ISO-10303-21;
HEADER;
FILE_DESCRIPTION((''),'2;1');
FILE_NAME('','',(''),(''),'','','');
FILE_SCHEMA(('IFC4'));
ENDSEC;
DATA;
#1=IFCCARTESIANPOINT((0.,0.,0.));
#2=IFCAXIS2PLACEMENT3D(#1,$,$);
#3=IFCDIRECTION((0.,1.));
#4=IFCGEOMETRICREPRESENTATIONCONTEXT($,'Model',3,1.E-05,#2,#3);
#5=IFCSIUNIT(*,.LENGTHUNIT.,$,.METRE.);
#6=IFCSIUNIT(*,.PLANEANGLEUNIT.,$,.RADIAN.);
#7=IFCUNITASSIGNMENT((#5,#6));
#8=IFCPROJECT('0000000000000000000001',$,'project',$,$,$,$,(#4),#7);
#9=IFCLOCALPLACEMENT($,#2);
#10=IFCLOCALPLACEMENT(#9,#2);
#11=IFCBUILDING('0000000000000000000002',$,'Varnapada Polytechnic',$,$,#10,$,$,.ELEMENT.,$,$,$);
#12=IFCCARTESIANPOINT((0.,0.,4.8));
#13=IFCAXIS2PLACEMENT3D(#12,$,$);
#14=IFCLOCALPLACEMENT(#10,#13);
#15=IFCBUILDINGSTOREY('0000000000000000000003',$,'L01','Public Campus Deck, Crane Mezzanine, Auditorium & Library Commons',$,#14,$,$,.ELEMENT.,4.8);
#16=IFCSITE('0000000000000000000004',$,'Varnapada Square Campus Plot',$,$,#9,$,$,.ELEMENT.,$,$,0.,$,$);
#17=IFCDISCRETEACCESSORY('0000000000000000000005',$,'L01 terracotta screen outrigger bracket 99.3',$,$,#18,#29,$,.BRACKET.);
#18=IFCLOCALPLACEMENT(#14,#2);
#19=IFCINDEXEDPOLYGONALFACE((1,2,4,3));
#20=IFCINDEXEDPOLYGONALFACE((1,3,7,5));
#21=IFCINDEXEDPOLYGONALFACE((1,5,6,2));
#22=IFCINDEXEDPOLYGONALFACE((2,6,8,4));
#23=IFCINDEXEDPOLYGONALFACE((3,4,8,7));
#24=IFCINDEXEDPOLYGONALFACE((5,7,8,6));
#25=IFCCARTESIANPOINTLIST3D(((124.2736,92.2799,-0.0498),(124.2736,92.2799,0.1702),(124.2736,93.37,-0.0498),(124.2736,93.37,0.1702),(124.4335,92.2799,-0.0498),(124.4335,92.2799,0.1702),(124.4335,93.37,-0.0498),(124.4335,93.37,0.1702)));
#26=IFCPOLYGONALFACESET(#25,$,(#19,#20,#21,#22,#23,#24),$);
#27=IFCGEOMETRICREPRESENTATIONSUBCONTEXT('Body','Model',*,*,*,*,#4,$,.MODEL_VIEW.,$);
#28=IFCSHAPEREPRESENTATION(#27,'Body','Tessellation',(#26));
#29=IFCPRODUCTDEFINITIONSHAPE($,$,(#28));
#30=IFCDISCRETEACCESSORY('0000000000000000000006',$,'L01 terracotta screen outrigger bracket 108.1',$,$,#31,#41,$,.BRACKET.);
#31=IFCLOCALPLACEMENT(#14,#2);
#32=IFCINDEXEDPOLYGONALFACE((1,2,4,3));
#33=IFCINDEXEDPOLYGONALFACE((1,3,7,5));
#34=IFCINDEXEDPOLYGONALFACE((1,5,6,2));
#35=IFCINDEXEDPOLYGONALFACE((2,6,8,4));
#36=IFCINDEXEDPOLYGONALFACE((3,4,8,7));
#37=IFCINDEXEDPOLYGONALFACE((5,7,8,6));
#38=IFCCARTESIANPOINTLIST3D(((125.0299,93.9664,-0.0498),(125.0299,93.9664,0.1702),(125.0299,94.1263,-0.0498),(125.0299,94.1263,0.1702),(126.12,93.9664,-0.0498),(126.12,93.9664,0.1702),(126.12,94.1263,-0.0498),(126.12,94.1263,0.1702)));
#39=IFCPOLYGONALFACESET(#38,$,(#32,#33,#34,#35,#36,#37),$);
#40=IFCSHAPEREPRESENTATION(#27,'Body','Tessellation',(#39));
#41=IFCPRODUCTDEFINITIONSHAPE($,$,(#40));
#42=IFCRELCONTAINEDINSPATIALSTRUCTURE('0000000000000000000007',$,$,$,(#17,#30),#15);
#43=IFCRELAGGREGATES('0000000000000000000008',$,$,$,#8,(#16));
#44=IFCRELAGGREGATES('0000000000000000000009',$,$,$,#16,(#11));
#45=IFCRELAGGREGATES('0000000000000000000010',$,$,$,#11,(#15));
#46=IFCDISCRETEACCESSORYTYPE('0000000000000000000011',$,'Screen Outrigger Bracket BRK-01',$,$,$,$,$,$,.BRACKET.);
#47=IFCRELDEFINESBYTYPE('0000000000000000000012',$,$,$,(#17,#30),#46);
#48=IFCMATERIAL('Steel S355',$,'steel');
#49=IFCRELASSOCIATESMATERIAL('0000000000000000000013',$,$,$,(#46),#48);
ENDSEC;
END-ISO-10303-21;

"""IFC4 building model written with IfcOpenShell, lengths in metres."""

from ifc_helpers import new_model, si_unit, direction, frame, origin, origin_2d, place, context, subcontext, project, spatial, rectangle, extrude, material, type_object, element, save


model = new_model("IFC4")

# Units and contexts
model_context = context("Model", 3, precision=1e-05, world=origin(), true_north=direction((0.0, 1.0)))
body_context = subcontext(model_context, "Body", "Model", "MODEL_VIEW")
ifc_project = project(units=[si_unit("LENGTHUNIT", "METRE"), si_unit("PLANEANGLEUNIT", "RADIAN")], contexts=[model_context])

# Site, building, storey
site_placement = place(None, origin())
site = spatial("IfcSite", under=ifc_project, at=site_placement, Name="Varnapada Square Campus Plot", CompositionType="ELEMENT", RefElevation=0.0)
building_placement = place(site_placement, origin())
building = spatial("IfcBuilding", under=site, at=building_placement, Name="Varnapada Polytechnic", CompositionType="ELEMENT")
storey_placement = place(building_placement, frame((0.0, 0.0, 4.8)))
storey = spatial("IfcBuildingStorey", under=building, at=storey_placement, Name="L01", Description="Public Campus Deck, Crane Mezzanine, Auditorium & Library Commons", CompositionType="ELEMENT", Elevation=4.8)

# Shared definitions
ifc_material_1 = material(Name="Steel S355", Category="steel")

# Discrete accessories
discrete_accessory_type = type_object("IfcDiscreteAccessoryType", Name="Screen Outrigger Bracket BRK-01", PredefinedType="BRACKET", material=ifc_material_1)
for number, where, z_axis, x_axis, name in (
    (1, (124.3535, 92.825, -0.0498), (0.0, 0.0, 1.0), (1.0, 0.0, 0.0), "L01 terracotta screen outrigger bracket 99.3"),
    (2, (125.575, 94.0464, -0.0498), (0.0, 0.0, 1.0), (0.0, 1.0, 0.0), "L01 terracotta screen outrigger bracket 108.1"),
):
    element("IfcDiscreteAccessory", number, at=place(storey_placement, frame(where, z_axis=z_axis, x_axis=x_axis)), inside=storey, type_object=discrete_accessory_type, Name=name, PredefinedType="BRACKET", context=body_context, shape_type="SweptSolid", body=[
        extrude(rectangle(XDim=0.1599, YDim=1.0901, at=origin_2d()), origin(), (0.0, 0.0, 1.0), 0.22),
    ])

save(model, "model.ifc")
